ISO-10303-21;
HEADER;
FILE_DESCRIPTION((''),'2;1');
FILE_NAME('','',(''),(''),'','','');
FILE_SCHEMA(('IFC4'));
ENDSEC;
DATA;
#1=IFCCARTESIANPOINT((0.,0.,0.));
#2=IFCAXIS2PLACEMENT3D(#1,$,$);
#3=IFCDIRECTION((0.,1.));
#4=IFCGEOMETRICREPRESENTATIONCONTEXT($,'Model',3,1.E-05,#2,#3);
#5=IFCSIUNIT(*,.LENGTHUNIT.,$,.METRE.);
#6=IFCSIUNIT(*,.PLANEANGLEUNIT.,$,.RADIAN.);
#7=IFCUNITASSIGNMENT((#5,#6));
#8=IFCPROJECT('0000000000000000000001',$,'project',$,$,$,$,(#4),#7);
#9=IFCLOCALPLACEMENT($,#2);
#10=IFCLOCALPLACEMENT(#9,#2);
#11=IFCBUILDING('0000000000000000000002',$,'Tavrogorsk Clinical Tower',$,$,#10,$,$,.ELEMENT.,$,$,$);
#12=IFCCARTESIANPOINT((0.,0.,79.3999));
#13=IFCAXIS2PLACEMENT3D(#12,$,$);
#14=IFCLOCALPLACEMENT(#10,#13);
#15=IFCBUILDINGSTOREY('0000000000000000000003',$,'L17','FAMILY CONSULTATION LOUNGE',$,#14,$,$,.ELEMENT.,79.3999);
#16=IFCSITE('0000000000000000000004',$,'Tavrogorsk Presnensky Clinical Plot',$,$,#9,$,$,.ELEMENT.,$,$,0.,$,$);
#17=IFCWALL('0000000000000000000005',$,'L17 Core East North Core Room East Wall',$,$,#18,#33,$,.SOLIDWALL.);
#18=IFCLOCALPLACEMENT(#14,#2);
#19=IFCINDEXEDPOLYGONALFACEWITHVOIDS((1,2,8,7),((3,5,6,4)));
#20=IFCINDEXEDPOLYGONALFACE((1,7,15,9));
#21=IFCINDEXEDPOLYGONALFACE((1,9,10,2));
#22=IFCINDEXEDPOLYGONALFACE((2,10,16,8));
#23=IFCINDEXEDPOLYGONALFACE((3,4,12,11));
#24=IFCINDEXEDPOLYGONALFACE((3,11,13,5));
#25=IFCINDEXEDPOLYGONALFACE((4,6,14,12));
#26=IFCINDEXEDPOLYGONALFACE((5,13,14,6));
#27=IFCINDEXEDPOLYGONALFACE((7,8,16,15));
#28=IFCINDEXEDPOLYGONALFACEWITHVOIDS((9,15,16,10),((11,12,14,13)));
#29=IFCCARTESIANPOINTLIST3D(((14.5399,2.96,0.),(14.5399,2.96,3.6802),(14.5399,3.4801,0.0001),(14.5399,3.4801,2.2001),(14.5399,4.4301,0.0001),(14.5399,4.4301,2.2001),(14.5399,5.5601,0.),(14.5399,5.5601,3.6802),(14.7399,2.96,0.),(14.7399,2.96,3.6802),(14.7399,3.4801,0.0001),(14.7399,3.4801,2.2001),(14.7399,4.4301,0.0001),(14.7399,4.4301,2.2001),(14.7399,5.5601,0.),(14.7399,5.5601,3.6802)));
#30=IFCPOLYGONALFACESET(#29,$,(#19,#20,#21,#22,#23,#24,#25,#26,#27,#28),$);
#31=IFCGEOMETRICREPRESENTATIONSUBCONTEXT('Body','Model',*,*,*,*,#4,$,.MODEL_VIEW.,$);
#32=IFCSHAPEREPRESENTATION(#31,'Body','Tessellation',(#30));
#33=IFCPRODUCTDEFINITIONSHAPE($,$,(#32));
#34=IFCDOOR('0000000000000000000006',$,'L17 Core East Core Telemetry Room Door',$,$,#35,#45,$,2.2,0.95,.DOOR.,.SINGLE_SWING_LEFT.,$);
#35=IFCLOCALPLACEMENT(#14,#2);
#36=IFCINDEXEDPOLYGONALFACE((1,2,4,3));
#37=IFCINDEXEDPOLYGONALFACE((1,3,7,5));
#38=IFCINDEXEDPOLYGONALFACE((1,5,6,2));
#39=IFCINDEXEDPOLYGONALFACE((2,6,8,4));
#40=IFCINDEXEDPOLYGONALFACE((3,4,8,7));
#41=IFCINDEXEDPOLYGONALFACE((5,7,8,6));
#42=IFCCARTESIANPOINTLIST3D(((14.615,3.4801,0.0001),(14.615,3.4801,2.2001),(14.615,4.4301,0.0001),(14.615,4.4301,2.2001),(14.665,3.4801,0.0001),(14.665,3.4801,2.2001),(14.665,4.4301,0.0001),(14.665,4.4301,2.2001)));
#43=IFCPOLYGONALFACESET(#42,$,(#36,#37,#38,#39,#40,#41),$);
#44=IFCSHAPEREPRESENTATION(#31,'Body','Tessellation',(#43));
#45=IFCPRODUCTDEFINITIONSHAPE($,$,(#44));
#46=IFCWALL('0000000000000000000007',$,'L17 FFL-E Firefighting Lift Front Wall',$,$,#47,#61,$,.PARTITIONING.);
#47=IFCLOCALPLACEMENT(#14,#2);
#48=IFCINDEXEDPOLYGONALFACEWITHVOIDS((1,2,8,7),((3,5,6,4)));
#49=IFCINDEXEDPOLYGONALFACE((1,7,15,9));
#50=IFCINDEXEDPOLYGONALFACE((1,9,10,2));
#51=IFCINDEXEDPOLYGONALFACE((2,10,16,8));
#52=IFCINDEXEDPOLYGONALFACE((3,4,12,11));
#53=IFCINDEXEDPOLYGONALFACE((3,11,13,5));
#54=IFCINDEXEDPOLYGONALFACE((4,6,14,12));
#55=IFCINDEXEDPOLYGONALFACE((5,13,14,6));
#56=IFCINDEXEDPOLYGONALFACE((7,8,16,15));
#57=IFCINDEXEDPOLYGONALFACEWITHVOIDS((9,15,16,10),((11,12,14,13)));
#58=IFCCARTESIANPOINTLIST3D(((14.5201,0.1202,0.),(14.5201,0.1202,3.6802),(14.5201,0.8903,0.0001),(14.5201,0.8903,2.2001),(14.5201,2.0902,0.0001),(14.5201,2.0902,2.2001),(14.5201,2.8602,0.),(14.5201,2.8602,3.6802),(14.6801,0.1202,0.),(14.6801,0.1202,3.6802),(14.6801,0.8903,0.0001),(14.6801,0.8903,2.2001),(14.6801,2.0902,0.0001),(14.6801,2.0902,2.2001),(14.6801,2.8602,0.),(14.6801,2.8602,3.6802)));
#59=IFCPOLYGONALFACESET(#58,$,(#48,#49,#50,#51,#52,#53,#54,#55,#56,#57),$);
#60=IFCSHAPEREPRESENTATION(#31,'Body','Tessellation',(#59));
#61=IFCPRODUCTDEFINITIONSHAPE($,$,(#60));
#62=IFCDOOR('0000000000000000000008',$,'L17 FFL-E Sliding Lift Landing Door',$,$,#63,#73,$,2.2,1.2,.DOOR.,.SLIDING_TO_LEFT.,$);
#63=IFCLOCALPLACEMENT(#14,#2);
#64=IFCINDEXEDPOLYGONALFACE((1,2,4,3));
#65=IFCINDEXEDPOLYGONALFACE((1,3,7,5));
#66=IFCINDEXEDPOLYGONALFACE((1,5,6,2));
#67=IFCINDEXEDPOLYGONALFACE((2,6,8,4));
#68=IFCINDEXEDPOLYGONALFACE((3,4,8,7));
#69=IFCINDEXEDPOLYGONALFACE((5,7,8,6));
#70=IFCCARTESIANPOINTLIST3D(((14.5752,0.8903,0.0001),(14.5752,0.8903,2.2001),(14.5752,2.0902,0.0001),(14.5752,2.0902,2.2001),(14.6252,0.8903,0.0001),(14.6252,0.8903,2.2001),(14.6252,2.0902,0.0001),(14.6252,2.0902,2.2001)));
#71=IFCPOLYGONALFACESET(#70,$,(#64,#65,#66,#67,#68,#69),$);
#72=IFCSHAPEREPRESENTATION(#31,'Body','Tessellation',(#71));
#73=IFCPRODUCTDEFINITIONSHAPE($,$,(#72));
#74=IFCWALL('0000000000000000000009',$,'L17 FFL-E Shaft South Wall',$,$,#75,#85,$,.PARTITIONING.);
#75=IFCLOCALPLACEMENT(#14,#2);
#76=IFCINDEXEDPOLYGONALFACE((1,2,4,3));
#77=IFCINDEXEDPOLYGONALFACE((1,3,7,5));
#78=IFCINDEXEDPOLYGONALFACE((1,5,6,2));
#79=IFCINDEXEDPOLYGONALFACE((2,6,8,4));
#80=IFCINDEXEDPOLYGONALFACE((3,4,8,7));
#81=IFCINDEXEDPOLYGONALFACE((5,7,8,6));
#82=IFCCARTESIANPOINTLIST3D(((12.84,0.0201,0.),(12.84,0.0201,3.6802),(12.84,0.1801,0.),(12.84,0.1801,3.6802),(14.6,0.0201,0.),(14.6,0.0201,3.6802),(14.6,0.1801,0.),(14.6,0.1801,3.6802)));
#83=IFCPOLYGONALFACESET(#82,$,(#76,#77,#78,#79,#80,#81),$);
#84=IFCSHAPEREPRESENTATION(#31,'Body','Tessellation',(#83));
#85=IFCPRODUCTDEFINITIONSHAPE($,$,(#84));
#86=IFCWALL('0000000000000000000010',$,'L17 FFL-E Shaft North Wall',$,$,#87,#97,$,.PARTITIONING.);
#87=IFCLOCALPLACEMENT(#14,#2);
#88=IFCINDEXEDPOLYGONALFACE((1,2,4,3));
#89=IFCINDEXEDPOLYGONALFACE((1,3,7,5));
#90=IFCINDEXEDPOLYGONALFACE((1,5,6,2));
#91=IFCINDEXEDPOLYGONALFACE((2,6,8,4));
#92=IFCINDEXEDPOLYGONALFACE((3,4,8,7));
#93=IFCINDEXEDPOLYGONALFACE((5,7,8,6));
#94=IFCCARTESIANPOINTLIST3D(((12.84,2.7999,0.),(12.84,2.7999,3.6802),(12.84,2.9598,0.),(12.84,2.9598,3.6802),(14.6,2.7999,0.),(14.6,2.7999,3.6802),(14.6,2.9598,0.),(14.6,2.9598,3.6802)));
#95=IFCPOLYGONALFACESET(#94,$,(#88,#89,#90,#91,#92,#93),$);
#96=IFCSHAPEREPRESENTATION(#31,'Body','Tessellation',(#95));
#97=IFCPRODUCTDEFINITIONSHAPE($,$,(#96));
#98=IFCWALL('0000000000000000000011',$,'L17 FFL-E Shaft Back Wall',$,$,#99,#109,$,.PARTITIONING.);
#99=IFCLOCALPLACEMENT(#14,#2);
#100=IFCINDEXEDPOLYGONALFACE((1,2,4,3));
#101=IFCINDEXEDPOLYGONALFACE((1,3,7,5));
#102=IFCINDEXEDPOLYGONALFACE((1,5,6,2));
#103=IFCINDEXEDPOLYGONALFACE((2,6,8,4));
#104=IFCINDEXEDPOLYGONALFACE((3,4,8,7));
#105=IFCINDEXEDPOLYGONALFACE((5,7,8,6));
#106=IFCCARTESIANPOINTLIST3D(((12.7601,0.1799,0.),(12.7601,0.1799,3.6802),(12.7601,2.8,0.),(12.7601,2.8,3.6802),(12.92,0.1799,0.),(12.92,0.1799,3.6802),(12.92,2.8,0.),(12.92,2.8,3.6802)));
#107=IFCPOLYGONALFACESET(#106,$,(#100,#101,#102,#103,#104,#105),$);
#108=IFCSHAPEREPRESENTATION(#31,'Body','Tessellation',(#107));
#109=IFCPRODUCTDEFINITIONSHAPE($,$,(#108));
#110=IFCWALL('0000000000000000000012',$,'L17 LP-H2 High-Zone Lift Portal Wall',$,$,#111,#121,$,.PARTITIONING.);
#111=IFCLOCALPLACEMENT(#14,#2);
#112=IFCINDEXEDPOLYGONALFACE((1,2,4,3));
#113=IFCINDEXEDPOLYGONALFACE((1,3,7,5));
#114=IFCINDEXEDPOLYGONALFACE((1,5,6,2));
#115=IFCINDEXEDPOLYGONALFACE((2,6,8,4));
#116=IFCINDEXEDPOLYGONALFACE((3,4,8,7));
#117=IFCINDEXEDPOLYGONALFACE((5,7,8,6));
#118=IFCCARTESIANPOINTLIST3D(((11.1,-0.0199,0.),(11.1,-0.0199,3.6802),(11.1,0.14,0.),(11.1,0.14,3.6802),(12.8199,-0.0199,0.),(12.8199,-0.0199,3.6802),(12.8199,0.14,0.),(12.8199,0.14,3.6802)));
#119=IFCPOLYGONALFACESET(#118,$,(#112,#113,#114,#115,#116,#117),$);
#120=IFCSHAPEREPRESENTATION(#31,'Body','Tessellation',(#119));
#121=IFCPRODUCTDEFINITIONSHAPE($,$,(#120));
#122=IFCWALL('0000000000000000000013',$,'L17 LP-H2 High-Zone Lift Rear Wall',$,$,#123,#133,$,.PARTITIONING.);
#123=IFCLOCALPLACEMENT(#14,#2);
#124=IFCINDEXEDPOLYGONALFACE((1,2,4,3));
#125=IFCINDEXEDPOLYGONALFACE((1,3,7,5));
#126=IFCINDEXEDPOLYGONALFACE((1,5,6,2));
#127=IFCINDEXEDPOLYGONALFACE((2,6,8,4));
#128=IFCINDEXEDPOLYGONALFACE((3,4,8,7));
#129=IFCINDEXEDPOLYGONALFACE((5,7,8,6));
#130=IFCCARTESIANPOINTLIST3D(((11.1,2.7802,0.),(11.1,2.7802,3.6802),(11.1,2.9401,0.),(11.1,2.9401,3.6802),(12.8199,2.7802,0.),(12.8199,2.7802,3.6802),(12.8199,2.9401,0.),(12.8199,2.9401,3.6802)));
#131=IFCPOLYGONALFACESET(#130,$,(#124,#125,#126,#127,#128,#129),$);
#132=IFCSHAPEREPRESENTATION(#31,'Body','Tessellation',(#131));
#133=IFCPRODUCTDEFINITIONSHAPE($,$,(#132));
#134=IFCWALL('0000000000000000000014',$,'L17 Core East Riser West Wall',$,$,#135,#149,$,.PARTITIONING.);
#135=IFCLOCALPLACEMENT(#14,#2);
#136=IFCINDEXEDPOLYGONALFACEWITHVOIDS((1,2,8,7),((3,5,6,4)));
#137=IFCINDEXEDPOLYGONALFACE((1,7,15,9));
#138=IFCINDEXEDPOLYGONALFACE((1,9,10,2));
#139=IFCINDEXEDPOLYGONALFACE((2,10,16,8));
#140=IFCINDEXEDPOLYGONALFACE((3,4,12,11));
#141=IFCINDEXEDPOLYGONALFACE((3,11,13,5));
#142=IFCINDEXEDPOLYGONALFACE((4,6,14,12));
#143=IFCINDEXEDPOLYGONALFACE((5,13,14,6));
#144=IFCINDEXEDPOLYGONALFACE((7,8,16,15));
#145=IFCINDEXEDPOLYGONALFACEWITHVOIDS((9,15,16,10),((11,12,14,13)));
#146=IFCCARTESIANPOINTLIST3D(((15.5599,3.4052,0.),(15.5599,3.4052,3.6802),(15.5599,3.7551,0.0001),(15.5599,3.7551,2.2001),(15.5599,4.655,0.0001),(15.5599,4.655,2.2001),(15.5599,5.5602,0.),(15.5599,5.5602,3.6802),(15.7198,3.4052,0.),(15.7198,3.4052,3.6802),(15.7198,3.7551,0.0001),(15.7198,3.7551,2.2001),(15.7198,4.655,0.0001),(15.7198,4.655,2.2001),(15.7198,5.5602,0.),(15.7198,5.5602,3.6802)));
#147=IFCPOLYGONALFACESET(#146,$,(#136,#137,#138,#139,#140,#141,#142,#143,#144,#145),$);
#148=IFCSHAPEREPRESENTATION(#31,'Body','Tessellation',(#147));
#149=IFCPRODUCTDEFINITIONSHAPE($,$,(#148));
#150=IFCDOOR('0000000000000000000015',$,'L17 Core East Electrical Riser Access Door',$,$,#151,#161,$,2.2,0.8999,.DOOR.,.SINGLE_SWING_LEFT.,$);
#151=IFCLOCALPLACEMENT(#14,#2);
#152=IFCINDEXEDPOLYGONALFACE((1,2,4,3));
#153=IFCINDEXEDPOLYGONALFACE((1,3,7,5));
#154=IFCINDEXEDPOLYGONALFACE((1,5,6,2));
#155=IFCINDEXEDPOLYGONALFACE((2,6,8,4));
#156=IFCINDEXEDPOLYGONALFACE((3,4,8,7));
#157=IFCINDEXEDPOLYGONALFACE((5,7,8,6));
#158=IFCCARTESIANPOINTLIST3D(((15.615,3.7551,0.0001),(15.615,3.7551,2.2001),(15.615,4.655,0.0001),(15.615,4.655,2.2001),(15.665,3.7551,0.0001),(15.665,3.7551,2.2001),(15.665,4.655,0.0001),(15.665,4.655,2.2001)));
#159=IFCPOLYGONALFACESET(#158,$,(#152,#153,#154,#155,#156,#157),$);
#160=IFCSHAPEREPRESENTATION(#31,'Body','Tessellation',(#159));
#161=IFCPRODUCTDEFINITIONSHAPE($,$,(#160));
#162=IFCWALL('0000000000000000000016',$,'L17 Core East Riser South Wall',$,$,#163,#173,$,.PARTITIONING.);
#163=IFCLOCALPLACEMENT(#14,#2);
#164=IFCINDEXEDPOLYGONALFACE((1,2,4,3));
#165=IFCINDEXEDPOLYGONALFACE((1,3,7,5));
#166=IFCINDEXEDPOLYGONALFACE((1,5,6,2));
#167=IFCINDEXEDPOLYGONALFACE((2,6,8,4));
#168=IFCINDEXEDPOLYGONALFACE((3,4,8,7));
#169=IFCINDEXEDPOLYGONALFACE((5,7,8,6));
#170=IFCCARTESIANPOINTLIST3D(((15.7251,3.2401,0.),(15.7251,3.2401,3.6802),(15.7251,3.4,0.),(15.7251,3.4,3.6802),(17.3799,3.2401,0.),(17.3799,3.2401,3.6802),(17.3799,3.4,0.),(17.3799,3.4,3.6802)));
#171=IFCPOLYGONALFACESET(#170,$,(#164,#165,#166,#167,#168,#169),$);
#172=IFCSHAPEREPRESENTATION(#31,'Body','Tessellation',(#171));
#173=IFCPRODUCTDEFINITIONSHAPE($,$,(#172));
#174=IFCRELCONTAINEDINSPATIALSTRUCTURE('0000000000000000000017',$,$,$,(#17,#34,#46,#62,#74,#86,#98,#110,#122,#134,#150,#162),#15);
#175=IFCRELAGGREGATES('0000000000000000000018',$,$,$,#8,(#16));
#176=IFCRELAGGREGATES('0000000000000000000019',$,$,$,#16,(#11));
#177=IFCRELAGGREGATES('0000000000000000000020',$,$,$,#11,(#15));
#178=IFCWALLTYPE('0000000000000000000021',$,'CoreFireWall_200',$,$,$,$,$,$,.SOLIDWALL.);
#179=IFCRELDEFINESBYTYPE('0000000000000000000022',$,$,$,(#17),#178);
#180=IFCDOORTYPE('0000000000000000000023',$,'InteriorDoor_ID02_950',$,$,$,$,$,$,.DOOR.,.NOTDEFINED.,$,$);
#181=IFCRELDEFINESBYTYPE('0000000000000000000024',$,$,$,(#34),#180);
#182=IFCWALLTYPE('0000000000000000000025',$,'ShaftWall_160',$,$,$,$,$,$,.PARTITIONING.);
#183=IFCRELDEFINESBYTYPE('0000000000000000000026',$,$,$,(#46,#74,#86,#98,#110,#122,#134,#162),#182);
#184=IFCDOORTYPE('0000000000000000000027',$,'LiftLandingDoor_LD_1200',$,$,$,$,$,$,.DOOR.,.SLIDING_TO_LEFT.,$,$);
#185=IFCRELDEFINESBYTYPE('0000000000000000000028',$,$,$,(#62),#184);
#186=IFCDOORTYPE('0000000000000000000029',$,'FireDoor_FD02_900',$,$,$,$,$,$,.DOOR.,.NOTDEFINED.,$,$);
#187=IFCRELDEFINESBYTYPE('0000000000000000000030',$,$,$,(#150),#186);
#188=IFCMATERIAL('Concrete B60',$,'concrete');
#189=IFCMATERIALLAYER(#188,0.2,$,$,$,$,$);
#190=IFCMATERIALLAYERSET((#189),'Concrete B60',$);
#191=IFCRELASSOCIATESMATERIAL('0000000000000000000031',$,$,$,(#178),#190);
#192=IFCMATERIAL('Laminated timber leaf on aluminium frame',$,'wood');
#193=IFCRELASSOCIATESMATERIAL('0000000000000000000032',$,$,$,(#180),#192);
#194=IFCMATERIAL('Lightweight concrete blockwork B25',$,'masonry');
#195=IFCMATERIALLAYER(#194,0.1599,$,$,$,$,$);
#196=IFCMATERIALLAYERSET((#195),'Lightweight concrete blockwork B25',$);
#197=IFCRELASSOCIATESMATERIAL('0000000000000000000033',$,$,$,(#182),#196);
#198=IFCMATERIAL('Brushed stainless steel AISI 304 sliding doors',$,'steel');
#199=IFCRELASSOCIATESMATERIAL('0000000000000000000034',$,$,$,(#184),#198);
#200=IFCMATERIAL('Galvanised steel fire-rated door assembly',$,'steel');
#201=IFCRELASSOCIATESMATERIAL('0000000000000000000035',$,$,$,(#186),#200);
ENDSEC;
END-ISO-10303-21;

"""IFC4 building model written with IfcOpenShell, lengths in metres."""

from ifc_helpers import new_model, si_unit, direction, frame, frame_2d, origin, place, context, subcontext, project, spatial, rectangle, extrude, material, layer, layer_set, type_object, element, fill, save


model = new_model("IFC4")

# Units and contexts
model_context = context("Model", 3, precision=1e-05, world=origin(), true_north=direction((0.0, 1.0)))
body_context = subcontext(model_context, "Body", "Model", "MODEL_VIEW")
ifc_project = project(units=[si_unit("LENGTHUNIT", "METRE"), si_unit("PLANEANGLEUNIT", "RADIAN")], contexts=[model_context])

# Site, building, storey
site_placement = place(None, origin())
site = spatial("IfcSite", under=ifc_project, at=site_placement, Name="Tavrogorsk Presnensky Clinical Plot", CompositionType="ELEMENT", RefElevation=0.0)
building_placement = place(site_placement, origin())
building = spatial("IfcBuilding", under=site, at=building_placement, Name="Tavrogorsk Clinical Tower", CompositionType="ELEMENT")
storey_placement = place(building_placement, frame((0.0, 0.0, 79.3999)))
storey = spatial("IfcBuildingStorey", under=building, at=storey_placement, Name="L17", Description="FAMILY CONSULTATION LOUNGE", CompositionType="ELEMENT", Elevation=79.3999)

# Walls, openings, doors
ifc_material_1 = material(Name="Concrete B60", Category="concrete")
ifc_layer_1 = layer(ifc_material_1, 0.2)
ifc_layer_set_1 = layer_set([ifc_layer_1], Name="Concrete B60")
wall_type_1 = type_object("IfcWallType", Name="CoreFireWall_200", PredefinedType="SOLIDWALL", material=ifc_layer_set_1)
wall_1_placement = place(storey_placement, frame((14.6399, 2.96, 0.0), z_axis=(0.0, 0.0, 1.0), x_axis=(0.0, 1.0, 0.0)))
wall_1 = element("IfcWall", 1, at=wall_1_placement, inside=storey, type_object=wall_type_1, Name="L17 Core East North Core Room East Wall", PredefinedType="SOLIDWALL", context=body_context, shape_type="SweptSolid", body=[
    extrude(rectangle(XDim=2.6001, YDim=0.2, at=frame_2d((1.3, 0.0))), origin(), (0.0, 0.0, 1.0), 3.6802),
])
opening_1_placement = place(wall_1_placement, frame((0.52, 0.0, 0.0)))
opening_1 = element("IfcOpeningElement", 2, at=opening_1_placement, cuts=wall_1, PredefinedType="OPENING", context=body_context, shape_type="SweptSolid", body=[
    extrude(rectangle(XDim=0.95, YDim=2.2, at=frame_2d((0.4751, 1.1001))), frame((0.0, 0.1099, 0.0), z_axis=(0.0, -1.0, 0.0), x_axis=(1.0, 0.0, 0.0)), (0.0, 0.0, 1.0), 0.22),
])
ifc_material_2 = material(Name="Laminated timber leaf on aluminium frame", Category="wood")
door_type_1 = type_object("IfcDoorType", Name="InteriorDoor_ID02_950", OperationType="NOTDEFINED", PredefinedType="DOOR", material=ifc_material_2)
door_1_placement = place(opening_1_placement, origin())
door_1 = element("IfcDoor", 3, at=door_1_placement, inside=storey, type_object=door_type_1, Name="L17 Core East Core Telemetry Room Door", OperationType="SINGLE_SWING_LEFT", OverallHeight=2.2, OverallWidth=0.95, PredefinedType="DOOR", context=body_context, shape_type="SweptSolid", body=[
    extrude(rectangle(XDim=0.95, YDim=2.2, at=frame_2d((0.4751, 1.1001))), frame((0.0, 0.0249, 0.0), z_axis=(0.0, -1.0, 0.0), x_axis=(1.0, 0.0, 0.0)), (0.0, 0.0, 1.0), 0.05),
])
fill(opening_1, door_1)
ifc_material_3 = material(Name="Lightweight concrete blockwork B25", Category="masonry")
ifc_layer_2 = layer(ifc_material_3, 0.1599)
ifc_layer_set_2 = layer_set([ifc_layer_2], Name="Lightweight concrete blockwork B25")
wall_type_2 = type_object("IfcWallType", Name="ShaftWall_160", PredefinedType="PARTITIONING", material=ifc_layer_set_2)
wall_2_placement = place(storey_placement, frame((14.6001, 0.1201, 0.0), z_axis=(0.0, 0.0, 1.0), x_axis=(0.0, 1.0, 0.0)))
wall_2 = element("IfcWall", 4, at=wall_2_placement, inside=storey, type_object=wall_type_2, Name="L17 FFL-E Firefighting Lift Front Wall", PredefinedType="PARTITIONING", context=body_context, shape_type="SweptSolid", body=[
    extrude(rectangle(XDim=2.74, YDim=0.1599, at=frame_2d((1.3701, 0.0))), origin(), (0.0, 0.0, 1.0), 3.6802),
])
opening_2_placement = place(wall_2_placement, frame((0.77, 0.0, 0.0)))
opening_2 = element("IfcOpeningElement", 5, at=opening_2_placement, cuts=wall_2, PredefinedType="OPENING", context=body_context, shape_type="SweptSolid", body=[
    extrude(rectangle(XDim=1.2, YDim=2.2, at=frame_2d((0.6001, 1.1001))), frame((0.0, 0.0898, 0.0), z_axis=(0.0, -1.0, 0.0), x_axis=(1.0, 0.0, 0.0)), (0.0, 0.0, 1.0), 0.1799),
])
ifc_material_4 = material(Name="Brushed stainless steel AISI 304 sliding doors", Category="steel")
door_type_2 = type_object("IfcDoorType", Name="LiftLandingDoor_LD_1200", OperationType="SLIDING_TO_LEFT", PredefinedType="DOOR", material=ifc_material_4)
door_2_placement = place(opening_2_placement, origin())
door_2 = element("IfcDoor", 6, at=door_2_placement, inside=storey, type_object=door_type_2, Name="L17 FFL-E Sliding Lift Landing Door", OperationType="SLIDING_TO_LEFT", OverallHeight=2.2, OverallWidth=1.2, PredefinedType="DOOR", context=body_context, shape_type="SweptSolid", body=[
    extrude(rectangle(XDim=1.2, YDim=2.2, at=frame_2d((0.6001, 1.1001))), frame((0.0, 0.0249, 0.0), z_axis=(0.0, -1.0, 0.0), x_axis=(1.0, 0.0, 0.0)), (0.0, 0.0, 1.0), 0.05),
])
fill(opening_2, door_2)

# Walls
for number, where, z_axis, x_axis, name in (
    (7, (12.8401, 0.1001, 0.0), (0.0, 0.0, 1.0), (1.0, 0.0, 0.0), "L17 FFL-E Shaft South Wall"),
    (8, (12.8401, 2.8799, 0.0), (0.0, 0.0, 1.0), (1.0, 0.0, 0.0), "L17 FFL-E Shaft North Wall"),
):
    element("IfcWall", number, at=place(storey_placement, frame(where, z_axis=z_axis, x_axis=x_axis)), inside=storey, type_object=wall_type_2, Name=name, PredefinedType="PARTITIONING", context=body_context, shape_type="SweptSolid", body=[
        extrude(rectangle(XDim=1.76, YDim=0.1599, at=frame_2d((0.8799, 0.0))), origin(), (0.0, 0.0, 1.0), 3.6802),
    ])
wall_3_placement = place(storey_placement, frame((12.8401, 0.1799, 0.0), z_axis=(0.0, 0.0, 1.0), x_axis=(0.0, 1.0, 0.0)))
element("IfcWall", 9, at=wall_3_placement, inside=storey, type_object=wall_type_2, Name="L17 FFL-E Shaft Back Wall", PredefinedType="PARTITIONING", context=body_context, shape_type="SweptSolid", body=[
    extrude(rectangle(XDim=2.6201, YDim=0.1599, at=frame_2d((1.3101, 0.0))), origin(), (0.0, 0.0, 1.0), 3.6802),
])
for number, where, z_axis, x_axis, name in (
    (10, (11.1001, 0.0601, 0.0), (0.0, 0.0, 1.0), (1.0, 0.0, 0.0), "L17 LP-H2 High-Zone Lift Portal Wall"),
    (11, (11.1001, 2.8601, 0.0), (0.0, 0.0, 1.0), (1.0, 0.0, 0.0), "L17 LP-H2 High-Zone Lift Rear Wall"),
):
    element("IfcWall", number, at=place(storey_placement, frame(where, z_axis=z_axis, x_axis=x_axis)), inside=storey, type_object=wall_type_2, Name=name, PredefinedType="PARTITIONING", context=body_context, shape_type="SweptSolid", body=[
        extrude(rectangle(XDim=1.72, YDim=0.1599, at=frame_2d((0.8599, 0.0))), origin(), (0.0, 0.0, 1.0), 3.6802),
    ])

# Wall, opening, door
wall_4_placement = place(storey_placement, frame((15.6399, 3.405, 0.0), z_axis=(0.0, 0.0, 1.0), x_axis=(0.0, 1.0, 0.0)))
wall_4 = element("IfcWall", 12, at=wall_4_placement, inside=storey, type_object=wall_type_2, Name="L17 Core East Riser West Wall", PredefinedType="PARTITIONING", context=body_context, shape_type="SweptSolid", body=[
    extrude(rectangle(XDim=2.155, YDim=0.1599, at=frame_2d((1.0776, 0.0))), origin(), (0.0, 0.0, 1.0), 3.6802),
])
opening_3_placement = place(wall_4_placement, frame((0.3501, 0.0, 0.0)))
opening_3 = element("IfcOpeningElement", 13, at=opening_3_placement, cuts=wall_4, PredefinedType="OPENING", context=body_context, shape_type="SweptSolid", body=[
    extrude(rectangle(XDim=0.8999, YDim=2.2, at=frame_2d((0.45, 1.1001))), frame((0.0, 0.0898, 0.0), z_axis=(0.0, -1.0, 0.0), x_axis=(1.0, 0.0, 0.0)), (0.0, 0.0, 1.0), 0.1799),
])
ifc_material_5 = material(Name="Galvanised steel fire-rated door assembly", Category="steel")
door_type_3 = type_object("IfcDoorType", Name="FireDoor_FD02_900", OperationType="NOTDEFINED", PredefinedType="DOOR", material=ifc_material_5)
door_3_placement = place(opening_3_placement, origin())
door_3 = element("IfcDoor", 14, at=door_3_placement, inside=storey, type_object=door_type_3, Name="L17 Core East Electrical Riser Access Door", OperationType="SINGLE_SWING_LEFT", OverallHeight=2.2, OverallWidth=0.8999, PredefinedType="DOOR", context=body_context, shape_type="SweptSolid", body=[
    extrude(rectangle(XDim=0.8999, YDim=2.2, at=frame_2d((0.45, 1.1001))), frame((0.0, 0.0249, 0.0), z_axis=(0.0, -1.0, 0.0), x_axis=(1.0, 0.0, 0.0)), (0.0, 0.0, 1.0), 0.05),
])
fill(opening_3, door_3)

# Wall
wall_5_placement = place(storey_placement, frame((15.7251, 3.3201, 0.0), z_axis=(0.0, 0.0, 1.0), x_axis=(1.0, 0.0, 0.0)))
element("IfcWall", 15, at=wall_5_placement, inside=storey, type_object=wall_type_2, Name="L17 Core East Riser South Wall", PredefinedType="PARTITIONING", context=body_context, shape_type="SweptSolid", body=[
    extrude(rectangle(XDim=1.6548, YDim=0.1599, at=frame_2d((0.8274, 0.0))), origin(), (0.0, 0.0, 1.0), 3.6802),
])

save(model, "model.ifc")
